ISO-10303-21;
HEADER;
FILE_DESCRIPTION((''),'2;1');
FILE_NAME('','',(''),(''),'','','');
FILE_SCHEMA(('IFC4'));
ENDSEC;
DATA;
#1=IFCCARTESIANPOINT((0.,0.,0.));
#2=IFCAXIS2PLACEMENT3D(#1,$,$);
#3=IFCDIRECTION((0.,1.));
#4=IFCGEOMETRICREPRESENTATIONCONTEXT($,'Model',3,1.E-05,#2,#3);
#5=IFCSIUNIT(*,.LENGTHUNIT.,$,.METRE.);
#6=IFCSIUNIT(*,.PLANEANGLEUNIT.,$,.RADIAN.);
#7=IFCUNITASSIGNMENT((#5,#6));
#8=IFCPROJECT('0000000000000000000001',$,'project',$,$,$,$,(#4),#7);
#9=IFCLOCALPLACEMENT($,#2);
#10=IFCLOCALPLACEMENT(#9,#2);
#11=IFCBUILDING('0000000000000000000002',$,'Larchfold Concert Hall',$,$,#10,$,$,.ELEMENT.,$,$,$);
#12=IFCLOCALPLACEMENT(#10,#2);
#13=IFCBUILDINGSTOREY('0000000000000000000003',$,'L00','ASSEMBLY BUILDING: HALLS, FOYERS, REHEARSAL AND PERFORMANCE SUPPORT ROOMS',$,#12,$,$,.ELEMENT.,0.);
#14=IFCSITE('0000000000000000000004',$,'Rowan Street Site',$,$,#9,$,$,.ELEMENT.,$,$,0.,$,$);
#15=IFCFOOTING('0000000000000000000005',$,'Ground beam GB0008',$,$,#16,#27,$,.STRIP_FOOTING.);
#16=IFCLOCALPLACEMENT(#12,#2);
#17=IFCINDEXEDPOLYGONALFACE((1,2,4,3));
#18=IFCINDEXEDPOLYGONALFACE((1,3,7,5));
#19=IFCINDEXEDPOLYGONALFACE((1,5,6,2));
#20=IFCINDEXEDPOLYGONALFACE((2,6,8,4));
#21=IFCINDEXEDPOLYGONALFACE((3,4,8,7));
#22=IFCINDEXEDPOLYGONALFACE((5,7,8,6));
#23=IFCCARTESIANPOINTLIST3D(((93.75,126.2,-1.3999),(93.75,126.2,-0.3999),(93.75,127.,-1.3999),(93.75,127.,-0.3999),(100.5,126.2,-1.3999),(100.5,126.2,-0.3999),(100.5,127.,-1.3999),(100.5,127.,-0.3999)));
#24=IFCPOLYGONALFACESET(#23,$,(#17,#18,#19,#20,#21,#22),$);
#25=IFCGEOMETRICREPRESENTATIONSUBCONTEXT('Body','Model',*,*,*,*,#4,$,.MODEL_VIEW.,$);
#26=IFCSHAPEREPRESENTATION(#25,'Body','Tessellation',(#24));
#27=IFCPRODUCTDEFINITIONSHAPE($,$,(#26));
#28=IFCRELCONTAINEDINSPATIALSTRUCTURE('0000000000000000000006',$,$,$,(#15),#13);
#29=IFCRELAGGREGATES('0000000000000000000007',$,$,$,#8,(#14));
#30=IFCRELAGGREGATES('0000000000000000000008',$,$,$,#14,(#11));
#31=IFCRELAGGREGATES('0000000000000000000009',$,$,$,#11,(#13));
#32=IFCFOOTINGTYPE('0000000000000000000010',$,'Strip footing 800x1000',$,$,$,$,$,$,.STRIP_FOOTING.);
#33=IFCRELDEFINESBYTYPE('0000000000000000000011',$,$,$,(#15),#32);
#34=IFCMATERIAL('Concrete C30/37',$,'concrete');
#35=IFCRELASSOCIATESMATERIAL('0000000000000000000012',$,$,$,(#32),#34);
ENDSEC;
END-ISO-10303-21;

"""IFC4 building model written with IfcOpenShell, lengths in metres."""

from ifc_helpers import new_model, si_unit, direction, frame, origin, place, context, subcontext, project, spatial, polyline, outline, extrude, material, type_object, element, save


model = new_model("IFC4")

# Units and contexts
model_context = context("Model", 3, precision=1e-05, world=origin(), true_north=direction((0.0, 1.0)))
body_context = subcontext(model_context, "Body", "Model", "MODEL_VIEW")
ifc_project = project(units=[si_unit("LENGTHUNIT", "METRE"), si_unit("PLANEANGLEUNIT", "RADIAN")], contexts=[model_context])

# Site, building, storey
site_placement = place(None, origin())
site = spatial("IfcSite", under=ifc_project, at=site_placement, Name="Rowan Street Site", CompositionType="ELEMENT", RefElevation=0.0)
building_placement = place(site_placement, origin())
building = spatial("IfcBuilding", under=site, at=building_placement, Name="Larchfold Concert Hall", CompositionType="ELEMENT")
storey_placement = place(building_placement, origin())
storey = spatial("IfcBuildingStorey", under=building, at=storey_placement, Name="L00", Description="ASSEMBLY BUILDING: HALLS, FOYERS, REHEARSAL AND PERFORMANCE SUPPORT ROOMS", CompositionType="ELEMENT", Elevation=0.0)

# Footing
ifc_material_1 = material(Name="Concrete C30/37", Category="concrete")
footing_type_1 = type_object("IfcFootingType", Name="Strip footing 800x1000", PredefinedType="STRIP_FOOTING", material=ifc_material_1)
footing_1_placement = place(storey_placement, frame((0.0, 0.0, -1.3999)))
element("IfcFooting", 1, at=footing_1_placement, inside=storey, type_object=footing_type_1, Name="Ground beam GB0008", PredefinedType="STRIP_FOOTING", context=body_context, shape_type="SweptSolid", body=[
    extrude(outline(polyline([(93.75, 127.0), (93.75, 126.2), (100.5, 126.2), (100.5, 127.0), (93.75, 127.0)])), origin(), (0.0, 0.0, 1.0), 1.0),
])

save(model, "model.ifc")
